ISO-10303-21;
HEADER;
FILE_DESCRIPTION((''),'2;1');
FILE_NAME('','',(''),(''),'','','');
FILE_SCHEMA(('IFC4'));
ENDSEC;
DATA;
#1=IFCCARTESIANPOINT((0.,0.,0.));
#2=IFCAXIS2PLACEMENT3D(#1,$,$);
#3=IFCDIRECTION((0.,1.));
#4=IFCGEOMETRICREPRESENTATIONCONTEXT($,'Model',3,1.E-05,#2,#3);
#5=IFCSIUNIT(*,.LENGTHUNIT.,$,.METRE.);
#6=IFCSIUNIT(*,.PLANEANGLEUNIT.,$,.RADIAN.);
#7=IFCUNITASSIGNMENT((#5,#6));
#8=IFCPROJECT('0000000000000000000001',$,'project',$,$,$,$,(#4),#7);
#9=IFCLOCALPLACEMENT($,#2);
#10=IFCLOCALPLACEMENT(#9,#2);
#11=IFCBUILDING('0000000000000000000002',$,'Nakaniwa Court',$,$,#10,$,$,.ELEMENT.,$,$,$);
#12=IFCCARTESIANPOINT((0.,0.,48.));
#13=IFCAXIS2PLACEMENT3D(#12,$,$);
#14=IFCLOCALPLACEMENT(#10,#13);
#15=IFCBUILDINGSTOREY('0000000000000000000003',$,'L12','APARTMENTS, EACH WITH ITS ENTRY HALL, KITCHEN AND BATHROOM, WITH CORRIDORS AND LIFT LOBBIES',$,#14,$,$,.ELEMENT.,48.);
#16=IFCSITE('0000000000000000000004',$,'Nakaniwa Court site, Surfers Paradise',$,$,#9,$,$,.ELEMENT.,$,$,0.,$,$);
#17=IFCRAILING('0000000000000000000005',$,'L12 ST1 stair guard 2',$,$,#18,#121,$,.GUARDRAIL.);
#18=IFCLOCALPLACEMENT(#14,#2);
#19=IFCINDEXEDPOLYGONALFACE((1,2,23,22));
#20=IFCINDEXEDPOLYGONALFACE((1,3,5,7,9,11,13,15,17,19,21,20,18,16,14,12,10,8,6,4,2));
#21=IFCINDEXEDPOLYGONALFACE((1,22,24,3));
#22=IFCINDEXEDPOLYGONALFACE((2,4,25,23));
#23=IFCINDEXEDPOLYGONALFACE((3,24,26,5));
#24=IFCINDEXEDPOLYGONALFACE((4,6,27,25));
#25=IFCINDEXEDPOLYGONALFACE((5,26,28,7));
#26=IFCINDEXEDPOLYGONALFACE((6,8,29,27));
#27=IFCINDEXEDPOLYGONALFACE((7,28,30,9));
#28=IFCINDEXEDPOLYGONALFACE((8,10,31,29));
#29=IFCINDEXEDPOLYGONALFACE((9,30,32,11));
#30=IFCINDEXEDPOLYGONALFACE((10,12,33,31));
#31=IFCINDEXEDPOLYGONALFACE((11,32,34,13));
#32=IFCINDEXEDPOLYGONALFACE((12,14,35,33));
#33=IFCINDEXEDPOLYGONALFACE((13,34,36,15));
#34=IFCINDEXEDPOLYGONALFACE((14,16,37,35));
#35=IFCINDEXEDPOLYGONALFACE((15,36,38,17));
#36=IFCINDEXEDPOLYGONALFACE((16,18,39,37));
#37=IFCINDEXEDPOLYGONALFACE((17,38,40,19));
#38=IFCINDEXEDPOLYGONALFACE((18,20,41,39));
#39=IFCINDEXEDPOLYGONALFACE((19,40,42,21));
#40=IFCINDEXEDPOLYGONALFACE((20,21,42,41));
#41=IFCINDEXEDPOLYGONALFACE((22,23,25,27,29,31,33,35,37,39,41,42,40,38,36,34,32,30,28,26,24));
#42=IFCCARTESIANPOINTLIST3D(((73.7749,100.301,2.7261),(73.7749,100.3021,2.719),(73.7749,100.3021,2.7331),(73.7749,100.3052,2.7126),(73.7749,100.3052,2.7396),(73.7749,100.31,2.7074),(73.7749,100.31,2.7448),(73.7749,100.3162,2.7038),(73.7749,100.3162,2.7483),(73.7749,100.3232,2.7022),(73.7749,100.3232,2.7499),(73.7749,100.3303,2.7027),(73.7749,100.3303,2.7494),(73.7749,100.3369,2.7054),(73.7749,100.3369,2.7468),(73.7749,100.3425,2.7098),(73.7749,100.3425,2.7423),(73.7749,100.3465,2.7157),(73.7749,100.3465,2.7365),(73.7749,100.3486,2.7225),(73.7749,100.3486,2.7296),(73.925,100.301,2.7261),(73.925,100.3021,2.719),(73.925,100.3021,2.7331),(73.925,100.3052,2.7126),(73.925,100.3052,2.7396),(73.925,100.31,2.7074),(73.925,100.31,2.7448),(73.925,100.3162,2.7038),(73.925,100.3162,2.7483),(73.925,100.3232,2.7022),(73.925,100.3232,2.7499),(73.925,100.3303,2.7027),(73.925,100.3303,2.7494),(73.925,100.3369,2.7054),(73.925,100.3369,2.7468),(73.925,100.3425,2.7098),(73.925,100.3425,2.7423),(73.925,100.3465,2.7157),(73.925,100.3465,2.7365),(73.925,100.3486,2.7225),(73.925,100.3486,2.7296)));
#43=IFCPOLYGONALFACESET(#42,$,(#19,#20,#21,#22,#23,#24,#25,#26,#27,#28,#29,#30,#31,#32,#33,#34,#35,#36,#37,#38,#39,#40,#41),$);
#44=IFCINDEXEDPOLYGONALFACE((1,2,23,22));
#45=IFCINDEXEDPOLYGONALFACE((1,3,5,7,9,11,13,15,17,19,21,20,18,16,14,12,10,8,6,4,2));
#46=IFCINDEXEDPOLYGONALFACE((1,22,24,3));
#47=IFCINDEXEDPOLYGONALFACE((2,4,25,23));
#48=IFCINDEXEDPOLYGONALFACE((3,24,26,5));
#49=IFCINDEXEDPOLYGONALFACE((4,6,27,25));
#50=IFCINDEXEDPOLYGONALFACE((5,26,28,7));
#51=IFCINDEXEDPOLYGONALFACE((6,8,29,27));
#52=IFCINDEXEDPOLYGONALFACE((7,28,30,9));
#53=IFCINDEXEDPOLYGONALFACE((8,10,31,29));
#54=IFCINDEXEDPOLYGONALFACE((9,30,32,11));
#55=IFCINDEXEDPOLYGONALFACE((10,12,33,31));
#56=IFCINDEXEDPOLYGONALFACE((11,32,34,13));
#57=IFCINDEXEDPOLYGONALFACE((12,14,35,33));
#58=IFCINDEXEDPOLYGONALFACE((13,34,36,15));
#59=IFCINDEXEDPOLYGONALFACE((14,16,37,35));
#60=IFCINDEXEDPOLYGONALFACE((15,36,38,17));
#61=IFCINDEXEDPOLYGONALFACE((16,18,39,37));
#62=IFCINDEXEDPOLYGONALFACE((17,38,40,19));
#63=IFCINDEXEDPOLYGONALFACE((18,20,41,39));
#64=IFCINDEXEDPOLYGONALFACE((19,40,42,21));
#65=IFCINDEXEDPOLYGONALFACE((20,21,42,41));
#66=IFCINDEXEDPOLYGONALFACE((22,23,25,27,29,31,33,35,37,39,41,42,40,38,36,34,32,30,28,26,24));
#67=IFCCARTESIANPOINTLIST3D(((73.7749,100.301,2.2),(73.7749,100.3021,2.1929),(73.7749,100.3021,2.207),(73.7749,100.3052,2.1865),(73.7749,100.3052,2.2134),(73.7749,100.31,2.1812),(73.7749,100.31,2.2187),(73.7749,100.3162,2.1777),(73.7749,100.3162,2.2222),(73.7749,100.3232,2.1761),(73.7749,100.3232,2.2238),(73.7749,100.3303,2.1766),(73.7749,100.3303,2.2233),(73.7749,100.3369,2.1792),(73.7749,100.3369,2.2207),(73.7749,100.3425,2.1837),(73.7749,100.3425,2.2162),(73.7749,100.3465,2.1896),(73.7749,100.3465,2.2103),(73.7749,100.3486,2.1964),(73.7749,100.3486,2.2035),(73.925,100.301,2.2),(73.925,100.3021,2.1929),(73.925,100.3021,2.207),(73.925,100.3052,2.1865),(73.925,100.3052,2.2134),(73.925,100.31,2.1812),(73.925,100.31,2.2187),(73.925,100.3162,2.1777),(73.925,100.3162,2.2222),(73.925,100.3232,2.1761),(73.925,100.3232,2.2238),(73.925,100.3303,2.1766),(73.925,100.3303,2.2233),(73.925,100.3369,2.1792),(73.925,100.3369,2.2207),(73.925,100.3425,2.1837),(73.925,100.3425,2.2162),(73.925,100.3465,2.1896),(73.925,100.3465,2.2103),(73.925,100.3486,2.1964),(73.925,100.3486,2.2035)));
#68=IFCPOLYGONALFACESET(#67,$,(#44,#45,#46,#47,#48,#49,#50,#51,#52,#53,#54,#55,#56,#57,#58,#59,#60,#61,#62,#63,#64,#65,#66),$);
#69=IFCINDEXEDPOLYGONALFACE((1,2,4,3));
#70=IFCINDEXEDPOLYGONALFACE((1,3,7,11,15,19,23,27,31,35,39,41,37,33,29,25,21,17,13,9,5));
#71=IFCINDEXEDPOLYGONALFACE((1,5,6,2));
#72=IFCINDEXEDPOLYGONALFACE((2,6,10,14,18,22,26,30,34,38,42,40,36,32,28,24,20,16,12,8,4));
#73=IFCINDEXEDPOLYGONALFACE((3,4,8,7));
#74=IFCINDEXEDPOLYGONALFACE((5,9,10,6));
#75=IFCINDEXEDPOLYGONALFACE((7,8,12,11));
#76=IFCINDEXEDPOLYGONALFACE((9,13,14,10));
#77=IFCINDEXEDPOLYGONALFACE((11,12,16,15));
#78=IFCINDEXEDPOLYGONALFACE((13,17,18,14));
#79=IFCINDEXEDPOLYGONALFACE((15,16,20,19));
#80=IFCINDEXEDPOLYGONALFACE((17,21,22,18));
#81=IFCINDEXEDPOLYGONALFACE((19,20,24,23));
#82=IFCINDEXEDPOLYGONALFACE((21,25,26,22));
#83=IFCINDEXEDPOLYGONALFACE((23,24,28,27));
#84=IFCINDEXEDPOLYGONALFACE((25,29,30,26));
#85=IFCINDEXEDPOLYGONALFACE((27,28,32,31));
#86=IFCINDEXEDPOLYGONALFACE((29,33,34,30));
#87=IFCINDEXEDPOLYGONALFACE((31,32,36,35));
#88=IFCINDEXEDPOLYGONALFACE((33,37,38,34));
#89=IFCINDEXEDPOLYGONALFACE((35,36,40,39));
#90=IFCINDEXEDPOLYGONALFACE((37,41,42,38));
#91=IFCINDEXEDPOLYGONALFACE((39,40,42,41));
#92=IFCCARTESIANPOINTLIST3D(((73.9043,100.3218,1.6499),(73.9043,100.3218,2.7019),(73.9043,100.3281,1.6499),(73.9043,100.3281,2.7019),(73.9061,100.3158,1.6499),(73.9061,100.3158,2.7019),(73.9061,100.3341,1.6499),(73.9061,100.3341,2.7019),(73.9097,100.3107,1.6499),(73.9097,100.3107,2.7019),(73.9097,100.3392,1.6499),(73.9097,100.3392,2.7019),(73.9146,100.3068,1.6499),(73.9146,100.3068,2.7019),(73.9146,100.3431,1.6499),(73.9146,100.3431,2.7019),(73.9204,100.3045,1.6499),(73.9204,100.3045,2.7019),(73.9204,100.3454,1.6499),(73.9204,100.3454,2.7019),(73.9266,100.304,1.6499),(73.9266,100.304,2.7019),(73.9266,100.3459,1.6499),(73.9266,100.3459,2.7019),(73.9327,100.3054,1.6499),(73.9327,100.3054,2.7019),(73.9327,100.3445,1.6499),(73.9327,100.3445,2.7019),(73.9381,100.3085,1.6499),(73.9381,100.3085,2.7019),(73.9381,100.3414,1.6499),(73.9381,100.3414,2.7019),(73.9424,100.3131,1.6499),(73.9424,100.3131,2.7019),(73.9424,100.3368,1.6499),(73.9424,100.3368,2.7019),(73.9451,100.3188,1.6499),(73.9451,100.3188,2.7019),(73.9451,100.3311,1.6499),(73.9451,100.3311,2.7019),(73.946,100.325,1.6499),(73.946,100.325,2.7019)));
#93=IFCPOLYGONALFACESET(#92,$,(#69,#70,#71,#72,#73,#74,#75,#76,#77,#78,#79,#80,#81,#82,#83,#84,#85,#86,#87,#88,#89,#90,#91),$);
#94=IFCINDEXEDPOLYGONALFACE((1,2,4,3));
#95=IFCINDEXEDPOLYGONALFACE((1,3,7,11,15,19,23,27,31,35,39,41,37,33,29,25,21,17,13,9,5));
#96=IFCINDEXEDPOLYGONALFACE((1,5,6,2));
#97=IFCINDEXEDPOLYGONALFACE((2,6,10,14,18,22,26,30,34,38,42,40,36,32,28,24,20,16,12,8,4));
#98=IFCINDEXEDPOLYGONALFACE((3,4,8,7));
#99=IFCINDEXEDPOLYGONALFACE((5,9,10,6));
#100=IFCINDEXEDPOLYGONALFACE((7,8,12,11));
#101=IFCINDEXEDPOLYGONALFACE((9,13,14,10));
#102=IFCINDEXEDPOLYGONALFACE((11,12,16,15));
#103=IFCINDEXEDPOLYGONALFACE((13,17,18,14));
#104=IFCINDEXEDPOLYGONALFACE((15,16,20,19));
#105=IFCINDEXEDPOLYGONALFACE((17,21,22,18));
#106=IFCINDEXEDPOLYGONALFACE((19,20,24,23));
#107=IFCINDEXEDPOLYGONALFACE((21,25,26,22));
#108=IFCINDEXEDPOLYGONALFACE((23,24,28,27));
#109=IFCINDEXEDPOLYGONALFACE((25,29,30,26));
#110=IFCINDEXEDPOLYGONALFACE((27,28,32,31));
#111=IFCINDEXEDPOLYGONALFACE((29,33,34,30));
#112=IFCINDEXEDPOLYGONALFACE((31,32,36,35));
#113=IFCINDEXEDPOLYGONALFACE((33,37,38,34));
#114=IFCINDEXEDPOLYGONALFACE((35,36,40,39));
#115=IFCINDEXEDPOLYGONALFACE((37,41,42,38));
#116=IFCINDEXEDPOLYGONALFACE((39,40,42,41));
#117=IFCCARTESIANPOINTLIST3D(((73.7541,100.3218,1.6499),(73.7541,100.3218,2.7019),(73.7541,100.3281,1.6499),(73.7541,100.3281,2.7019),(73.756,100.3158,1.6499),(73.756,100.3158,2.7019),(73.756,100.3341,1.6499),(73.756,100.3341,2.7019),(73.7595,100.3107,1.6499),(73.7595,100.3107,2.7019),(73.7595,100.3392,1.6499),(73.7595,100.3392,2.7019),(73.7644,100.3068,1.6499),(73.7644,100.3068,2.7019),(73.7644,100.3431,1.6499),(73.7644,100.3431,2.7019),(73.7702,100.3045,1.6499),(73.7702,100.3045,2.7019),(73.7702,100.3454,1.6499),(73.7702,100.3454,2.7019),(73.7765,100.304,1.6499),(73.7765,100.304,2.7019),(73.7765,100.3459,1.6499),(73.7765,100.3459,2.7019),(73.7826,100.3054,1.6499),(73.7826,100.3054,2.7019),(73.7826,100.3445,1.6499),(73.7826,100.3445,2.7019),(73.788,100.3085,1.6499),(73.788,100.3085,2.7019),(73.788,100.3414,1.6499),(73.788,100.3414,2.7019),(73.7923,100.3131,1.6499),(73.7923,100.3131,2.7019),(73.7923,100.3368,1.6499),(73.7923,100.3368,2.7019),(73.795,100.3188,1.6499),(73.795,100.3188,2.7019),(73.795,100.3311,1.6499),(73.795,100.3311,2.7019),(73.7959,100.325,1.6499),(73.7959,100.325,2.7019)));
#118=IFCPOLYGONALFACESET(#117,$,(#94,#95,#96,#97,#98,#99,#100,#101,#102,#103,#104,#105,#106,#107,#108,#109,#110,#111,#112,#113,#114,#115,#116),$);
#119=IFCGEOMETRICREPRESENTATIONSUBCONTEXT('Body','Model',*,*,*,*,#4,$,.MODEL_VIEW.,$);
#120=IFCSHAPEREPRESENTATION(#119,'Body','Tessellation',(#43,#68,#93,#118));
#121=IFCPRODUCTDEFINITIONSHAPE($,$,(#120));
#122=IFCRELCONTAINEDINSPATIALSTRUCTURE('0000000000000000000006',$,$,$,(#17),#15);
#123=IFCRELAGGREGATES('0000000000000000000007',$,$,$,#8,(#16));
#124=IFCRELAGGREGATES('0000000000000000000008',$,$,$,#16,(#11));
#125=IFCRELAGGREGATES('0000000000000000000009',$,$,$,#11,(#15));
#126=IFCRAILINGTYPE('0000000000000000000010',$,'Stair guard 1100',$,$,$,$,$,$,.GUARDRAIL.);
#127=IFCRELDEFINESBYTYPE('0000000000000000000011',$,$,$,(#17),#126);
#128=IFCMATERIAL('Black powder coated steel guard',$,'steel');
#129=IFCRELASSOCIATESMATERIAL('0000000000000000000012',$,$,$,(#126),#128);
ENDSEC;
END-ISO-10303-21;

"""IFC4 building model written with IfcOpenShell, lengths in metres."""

from ifc_helpers import new_model, si_unit, direction, frame, origin, origin_2d, place, context, subcontext, project, spatial, circle, extrude, material, type_object, element, save


model = new_model("IFC4")

# Units and contexts
model_context = context("Model", 3, precision=1e-05, world=origin(), true_north=direction((0.0, 1.0)))
body_context = subcontext(model_context, "Body", "Model", "MODEL_VIEW")
ifc_project = project(units=[si_unit("LENGTHUNIT", "METRE"), si_unit("PLANEANGLEUNIT", "RADIAN")], contexts=[model_context])

# Site, building, storey
site_placement = place(None, origin())
site = spatial("IfcSite", under=ifc_project, at=site_placement, Name="Nakaniwa Court site, Surfers Paradise", CompositionType="ELEMENT", RefElevation=0.0)
building_placement = place(site_placement, origin())
building = spatial("IfcBuilding", under=site, at=building_placement, Name="Nakaniwa Court", CompositionType="ELEMENT")
storey_placement = place(building_placement, frame((0.0, 0.0, 48.0)))
storey = spatial("IfcBuildingStorey", under=building, at=storey_placement, Name="L12", Description="APARTMENTS, EACH WITH ITS ENTRY HALL, KITCHEN AND BATHROOM, WITH CORRIDORS AND LIFT LOBBIES", CompositionType="ELEMENT", Elevation=48.0)

# Railing
ifc_material_1 = material(Name="Black powder coated steel guard", Category="steel")
railing_type_1 = type_object("IfcRailingType", Name="Stair guard 1100", PredefinedType="GUARDRAIL", material=ifc_material_1)
railing_1_placement = place(storey_placement, frame((73.925, 100.325, 1.6499)))
element("IfcRailing", 1, at=railing_1_placement, inside=storey, type_object=railing_type_1, Name="L12 ST1 stair guard 2", PredefinedType="GUARDRAIL", context=body_context, shape_type="SweptSolid", body=[
    extrude(circle(Radius=0.0239, at=origin_2d()), frame((0.0, 0.0, 1.0762), z_axis=(-1.0, 0.0, 0.0), x_axis=(0.0, -1.0, 0.0)), (0.0, 0.0, 1.0), 0.1501),
    extrude(circle(Radius=0.0239, at=origin_2d()), frame((0.0, 0.0, 0.55), z_axis=(-1.0, 0.0, 0.0), x_axis=(0.0, -1.0, 0.0)), (0.0, 0.0, 1.0), 0.1501),
    extrude(circle(Radius=0.021, at=origin_2d()), origin(), (0.0, 0.0, 1.0), 1.052),
    extrude(circle(Radius=0.021, at=origin_2d()), frame((-0.1501, 0.0, 0.0)), (0.0, 0.0, 1.0), 1.052),
])

save(model, "model.ifc")
